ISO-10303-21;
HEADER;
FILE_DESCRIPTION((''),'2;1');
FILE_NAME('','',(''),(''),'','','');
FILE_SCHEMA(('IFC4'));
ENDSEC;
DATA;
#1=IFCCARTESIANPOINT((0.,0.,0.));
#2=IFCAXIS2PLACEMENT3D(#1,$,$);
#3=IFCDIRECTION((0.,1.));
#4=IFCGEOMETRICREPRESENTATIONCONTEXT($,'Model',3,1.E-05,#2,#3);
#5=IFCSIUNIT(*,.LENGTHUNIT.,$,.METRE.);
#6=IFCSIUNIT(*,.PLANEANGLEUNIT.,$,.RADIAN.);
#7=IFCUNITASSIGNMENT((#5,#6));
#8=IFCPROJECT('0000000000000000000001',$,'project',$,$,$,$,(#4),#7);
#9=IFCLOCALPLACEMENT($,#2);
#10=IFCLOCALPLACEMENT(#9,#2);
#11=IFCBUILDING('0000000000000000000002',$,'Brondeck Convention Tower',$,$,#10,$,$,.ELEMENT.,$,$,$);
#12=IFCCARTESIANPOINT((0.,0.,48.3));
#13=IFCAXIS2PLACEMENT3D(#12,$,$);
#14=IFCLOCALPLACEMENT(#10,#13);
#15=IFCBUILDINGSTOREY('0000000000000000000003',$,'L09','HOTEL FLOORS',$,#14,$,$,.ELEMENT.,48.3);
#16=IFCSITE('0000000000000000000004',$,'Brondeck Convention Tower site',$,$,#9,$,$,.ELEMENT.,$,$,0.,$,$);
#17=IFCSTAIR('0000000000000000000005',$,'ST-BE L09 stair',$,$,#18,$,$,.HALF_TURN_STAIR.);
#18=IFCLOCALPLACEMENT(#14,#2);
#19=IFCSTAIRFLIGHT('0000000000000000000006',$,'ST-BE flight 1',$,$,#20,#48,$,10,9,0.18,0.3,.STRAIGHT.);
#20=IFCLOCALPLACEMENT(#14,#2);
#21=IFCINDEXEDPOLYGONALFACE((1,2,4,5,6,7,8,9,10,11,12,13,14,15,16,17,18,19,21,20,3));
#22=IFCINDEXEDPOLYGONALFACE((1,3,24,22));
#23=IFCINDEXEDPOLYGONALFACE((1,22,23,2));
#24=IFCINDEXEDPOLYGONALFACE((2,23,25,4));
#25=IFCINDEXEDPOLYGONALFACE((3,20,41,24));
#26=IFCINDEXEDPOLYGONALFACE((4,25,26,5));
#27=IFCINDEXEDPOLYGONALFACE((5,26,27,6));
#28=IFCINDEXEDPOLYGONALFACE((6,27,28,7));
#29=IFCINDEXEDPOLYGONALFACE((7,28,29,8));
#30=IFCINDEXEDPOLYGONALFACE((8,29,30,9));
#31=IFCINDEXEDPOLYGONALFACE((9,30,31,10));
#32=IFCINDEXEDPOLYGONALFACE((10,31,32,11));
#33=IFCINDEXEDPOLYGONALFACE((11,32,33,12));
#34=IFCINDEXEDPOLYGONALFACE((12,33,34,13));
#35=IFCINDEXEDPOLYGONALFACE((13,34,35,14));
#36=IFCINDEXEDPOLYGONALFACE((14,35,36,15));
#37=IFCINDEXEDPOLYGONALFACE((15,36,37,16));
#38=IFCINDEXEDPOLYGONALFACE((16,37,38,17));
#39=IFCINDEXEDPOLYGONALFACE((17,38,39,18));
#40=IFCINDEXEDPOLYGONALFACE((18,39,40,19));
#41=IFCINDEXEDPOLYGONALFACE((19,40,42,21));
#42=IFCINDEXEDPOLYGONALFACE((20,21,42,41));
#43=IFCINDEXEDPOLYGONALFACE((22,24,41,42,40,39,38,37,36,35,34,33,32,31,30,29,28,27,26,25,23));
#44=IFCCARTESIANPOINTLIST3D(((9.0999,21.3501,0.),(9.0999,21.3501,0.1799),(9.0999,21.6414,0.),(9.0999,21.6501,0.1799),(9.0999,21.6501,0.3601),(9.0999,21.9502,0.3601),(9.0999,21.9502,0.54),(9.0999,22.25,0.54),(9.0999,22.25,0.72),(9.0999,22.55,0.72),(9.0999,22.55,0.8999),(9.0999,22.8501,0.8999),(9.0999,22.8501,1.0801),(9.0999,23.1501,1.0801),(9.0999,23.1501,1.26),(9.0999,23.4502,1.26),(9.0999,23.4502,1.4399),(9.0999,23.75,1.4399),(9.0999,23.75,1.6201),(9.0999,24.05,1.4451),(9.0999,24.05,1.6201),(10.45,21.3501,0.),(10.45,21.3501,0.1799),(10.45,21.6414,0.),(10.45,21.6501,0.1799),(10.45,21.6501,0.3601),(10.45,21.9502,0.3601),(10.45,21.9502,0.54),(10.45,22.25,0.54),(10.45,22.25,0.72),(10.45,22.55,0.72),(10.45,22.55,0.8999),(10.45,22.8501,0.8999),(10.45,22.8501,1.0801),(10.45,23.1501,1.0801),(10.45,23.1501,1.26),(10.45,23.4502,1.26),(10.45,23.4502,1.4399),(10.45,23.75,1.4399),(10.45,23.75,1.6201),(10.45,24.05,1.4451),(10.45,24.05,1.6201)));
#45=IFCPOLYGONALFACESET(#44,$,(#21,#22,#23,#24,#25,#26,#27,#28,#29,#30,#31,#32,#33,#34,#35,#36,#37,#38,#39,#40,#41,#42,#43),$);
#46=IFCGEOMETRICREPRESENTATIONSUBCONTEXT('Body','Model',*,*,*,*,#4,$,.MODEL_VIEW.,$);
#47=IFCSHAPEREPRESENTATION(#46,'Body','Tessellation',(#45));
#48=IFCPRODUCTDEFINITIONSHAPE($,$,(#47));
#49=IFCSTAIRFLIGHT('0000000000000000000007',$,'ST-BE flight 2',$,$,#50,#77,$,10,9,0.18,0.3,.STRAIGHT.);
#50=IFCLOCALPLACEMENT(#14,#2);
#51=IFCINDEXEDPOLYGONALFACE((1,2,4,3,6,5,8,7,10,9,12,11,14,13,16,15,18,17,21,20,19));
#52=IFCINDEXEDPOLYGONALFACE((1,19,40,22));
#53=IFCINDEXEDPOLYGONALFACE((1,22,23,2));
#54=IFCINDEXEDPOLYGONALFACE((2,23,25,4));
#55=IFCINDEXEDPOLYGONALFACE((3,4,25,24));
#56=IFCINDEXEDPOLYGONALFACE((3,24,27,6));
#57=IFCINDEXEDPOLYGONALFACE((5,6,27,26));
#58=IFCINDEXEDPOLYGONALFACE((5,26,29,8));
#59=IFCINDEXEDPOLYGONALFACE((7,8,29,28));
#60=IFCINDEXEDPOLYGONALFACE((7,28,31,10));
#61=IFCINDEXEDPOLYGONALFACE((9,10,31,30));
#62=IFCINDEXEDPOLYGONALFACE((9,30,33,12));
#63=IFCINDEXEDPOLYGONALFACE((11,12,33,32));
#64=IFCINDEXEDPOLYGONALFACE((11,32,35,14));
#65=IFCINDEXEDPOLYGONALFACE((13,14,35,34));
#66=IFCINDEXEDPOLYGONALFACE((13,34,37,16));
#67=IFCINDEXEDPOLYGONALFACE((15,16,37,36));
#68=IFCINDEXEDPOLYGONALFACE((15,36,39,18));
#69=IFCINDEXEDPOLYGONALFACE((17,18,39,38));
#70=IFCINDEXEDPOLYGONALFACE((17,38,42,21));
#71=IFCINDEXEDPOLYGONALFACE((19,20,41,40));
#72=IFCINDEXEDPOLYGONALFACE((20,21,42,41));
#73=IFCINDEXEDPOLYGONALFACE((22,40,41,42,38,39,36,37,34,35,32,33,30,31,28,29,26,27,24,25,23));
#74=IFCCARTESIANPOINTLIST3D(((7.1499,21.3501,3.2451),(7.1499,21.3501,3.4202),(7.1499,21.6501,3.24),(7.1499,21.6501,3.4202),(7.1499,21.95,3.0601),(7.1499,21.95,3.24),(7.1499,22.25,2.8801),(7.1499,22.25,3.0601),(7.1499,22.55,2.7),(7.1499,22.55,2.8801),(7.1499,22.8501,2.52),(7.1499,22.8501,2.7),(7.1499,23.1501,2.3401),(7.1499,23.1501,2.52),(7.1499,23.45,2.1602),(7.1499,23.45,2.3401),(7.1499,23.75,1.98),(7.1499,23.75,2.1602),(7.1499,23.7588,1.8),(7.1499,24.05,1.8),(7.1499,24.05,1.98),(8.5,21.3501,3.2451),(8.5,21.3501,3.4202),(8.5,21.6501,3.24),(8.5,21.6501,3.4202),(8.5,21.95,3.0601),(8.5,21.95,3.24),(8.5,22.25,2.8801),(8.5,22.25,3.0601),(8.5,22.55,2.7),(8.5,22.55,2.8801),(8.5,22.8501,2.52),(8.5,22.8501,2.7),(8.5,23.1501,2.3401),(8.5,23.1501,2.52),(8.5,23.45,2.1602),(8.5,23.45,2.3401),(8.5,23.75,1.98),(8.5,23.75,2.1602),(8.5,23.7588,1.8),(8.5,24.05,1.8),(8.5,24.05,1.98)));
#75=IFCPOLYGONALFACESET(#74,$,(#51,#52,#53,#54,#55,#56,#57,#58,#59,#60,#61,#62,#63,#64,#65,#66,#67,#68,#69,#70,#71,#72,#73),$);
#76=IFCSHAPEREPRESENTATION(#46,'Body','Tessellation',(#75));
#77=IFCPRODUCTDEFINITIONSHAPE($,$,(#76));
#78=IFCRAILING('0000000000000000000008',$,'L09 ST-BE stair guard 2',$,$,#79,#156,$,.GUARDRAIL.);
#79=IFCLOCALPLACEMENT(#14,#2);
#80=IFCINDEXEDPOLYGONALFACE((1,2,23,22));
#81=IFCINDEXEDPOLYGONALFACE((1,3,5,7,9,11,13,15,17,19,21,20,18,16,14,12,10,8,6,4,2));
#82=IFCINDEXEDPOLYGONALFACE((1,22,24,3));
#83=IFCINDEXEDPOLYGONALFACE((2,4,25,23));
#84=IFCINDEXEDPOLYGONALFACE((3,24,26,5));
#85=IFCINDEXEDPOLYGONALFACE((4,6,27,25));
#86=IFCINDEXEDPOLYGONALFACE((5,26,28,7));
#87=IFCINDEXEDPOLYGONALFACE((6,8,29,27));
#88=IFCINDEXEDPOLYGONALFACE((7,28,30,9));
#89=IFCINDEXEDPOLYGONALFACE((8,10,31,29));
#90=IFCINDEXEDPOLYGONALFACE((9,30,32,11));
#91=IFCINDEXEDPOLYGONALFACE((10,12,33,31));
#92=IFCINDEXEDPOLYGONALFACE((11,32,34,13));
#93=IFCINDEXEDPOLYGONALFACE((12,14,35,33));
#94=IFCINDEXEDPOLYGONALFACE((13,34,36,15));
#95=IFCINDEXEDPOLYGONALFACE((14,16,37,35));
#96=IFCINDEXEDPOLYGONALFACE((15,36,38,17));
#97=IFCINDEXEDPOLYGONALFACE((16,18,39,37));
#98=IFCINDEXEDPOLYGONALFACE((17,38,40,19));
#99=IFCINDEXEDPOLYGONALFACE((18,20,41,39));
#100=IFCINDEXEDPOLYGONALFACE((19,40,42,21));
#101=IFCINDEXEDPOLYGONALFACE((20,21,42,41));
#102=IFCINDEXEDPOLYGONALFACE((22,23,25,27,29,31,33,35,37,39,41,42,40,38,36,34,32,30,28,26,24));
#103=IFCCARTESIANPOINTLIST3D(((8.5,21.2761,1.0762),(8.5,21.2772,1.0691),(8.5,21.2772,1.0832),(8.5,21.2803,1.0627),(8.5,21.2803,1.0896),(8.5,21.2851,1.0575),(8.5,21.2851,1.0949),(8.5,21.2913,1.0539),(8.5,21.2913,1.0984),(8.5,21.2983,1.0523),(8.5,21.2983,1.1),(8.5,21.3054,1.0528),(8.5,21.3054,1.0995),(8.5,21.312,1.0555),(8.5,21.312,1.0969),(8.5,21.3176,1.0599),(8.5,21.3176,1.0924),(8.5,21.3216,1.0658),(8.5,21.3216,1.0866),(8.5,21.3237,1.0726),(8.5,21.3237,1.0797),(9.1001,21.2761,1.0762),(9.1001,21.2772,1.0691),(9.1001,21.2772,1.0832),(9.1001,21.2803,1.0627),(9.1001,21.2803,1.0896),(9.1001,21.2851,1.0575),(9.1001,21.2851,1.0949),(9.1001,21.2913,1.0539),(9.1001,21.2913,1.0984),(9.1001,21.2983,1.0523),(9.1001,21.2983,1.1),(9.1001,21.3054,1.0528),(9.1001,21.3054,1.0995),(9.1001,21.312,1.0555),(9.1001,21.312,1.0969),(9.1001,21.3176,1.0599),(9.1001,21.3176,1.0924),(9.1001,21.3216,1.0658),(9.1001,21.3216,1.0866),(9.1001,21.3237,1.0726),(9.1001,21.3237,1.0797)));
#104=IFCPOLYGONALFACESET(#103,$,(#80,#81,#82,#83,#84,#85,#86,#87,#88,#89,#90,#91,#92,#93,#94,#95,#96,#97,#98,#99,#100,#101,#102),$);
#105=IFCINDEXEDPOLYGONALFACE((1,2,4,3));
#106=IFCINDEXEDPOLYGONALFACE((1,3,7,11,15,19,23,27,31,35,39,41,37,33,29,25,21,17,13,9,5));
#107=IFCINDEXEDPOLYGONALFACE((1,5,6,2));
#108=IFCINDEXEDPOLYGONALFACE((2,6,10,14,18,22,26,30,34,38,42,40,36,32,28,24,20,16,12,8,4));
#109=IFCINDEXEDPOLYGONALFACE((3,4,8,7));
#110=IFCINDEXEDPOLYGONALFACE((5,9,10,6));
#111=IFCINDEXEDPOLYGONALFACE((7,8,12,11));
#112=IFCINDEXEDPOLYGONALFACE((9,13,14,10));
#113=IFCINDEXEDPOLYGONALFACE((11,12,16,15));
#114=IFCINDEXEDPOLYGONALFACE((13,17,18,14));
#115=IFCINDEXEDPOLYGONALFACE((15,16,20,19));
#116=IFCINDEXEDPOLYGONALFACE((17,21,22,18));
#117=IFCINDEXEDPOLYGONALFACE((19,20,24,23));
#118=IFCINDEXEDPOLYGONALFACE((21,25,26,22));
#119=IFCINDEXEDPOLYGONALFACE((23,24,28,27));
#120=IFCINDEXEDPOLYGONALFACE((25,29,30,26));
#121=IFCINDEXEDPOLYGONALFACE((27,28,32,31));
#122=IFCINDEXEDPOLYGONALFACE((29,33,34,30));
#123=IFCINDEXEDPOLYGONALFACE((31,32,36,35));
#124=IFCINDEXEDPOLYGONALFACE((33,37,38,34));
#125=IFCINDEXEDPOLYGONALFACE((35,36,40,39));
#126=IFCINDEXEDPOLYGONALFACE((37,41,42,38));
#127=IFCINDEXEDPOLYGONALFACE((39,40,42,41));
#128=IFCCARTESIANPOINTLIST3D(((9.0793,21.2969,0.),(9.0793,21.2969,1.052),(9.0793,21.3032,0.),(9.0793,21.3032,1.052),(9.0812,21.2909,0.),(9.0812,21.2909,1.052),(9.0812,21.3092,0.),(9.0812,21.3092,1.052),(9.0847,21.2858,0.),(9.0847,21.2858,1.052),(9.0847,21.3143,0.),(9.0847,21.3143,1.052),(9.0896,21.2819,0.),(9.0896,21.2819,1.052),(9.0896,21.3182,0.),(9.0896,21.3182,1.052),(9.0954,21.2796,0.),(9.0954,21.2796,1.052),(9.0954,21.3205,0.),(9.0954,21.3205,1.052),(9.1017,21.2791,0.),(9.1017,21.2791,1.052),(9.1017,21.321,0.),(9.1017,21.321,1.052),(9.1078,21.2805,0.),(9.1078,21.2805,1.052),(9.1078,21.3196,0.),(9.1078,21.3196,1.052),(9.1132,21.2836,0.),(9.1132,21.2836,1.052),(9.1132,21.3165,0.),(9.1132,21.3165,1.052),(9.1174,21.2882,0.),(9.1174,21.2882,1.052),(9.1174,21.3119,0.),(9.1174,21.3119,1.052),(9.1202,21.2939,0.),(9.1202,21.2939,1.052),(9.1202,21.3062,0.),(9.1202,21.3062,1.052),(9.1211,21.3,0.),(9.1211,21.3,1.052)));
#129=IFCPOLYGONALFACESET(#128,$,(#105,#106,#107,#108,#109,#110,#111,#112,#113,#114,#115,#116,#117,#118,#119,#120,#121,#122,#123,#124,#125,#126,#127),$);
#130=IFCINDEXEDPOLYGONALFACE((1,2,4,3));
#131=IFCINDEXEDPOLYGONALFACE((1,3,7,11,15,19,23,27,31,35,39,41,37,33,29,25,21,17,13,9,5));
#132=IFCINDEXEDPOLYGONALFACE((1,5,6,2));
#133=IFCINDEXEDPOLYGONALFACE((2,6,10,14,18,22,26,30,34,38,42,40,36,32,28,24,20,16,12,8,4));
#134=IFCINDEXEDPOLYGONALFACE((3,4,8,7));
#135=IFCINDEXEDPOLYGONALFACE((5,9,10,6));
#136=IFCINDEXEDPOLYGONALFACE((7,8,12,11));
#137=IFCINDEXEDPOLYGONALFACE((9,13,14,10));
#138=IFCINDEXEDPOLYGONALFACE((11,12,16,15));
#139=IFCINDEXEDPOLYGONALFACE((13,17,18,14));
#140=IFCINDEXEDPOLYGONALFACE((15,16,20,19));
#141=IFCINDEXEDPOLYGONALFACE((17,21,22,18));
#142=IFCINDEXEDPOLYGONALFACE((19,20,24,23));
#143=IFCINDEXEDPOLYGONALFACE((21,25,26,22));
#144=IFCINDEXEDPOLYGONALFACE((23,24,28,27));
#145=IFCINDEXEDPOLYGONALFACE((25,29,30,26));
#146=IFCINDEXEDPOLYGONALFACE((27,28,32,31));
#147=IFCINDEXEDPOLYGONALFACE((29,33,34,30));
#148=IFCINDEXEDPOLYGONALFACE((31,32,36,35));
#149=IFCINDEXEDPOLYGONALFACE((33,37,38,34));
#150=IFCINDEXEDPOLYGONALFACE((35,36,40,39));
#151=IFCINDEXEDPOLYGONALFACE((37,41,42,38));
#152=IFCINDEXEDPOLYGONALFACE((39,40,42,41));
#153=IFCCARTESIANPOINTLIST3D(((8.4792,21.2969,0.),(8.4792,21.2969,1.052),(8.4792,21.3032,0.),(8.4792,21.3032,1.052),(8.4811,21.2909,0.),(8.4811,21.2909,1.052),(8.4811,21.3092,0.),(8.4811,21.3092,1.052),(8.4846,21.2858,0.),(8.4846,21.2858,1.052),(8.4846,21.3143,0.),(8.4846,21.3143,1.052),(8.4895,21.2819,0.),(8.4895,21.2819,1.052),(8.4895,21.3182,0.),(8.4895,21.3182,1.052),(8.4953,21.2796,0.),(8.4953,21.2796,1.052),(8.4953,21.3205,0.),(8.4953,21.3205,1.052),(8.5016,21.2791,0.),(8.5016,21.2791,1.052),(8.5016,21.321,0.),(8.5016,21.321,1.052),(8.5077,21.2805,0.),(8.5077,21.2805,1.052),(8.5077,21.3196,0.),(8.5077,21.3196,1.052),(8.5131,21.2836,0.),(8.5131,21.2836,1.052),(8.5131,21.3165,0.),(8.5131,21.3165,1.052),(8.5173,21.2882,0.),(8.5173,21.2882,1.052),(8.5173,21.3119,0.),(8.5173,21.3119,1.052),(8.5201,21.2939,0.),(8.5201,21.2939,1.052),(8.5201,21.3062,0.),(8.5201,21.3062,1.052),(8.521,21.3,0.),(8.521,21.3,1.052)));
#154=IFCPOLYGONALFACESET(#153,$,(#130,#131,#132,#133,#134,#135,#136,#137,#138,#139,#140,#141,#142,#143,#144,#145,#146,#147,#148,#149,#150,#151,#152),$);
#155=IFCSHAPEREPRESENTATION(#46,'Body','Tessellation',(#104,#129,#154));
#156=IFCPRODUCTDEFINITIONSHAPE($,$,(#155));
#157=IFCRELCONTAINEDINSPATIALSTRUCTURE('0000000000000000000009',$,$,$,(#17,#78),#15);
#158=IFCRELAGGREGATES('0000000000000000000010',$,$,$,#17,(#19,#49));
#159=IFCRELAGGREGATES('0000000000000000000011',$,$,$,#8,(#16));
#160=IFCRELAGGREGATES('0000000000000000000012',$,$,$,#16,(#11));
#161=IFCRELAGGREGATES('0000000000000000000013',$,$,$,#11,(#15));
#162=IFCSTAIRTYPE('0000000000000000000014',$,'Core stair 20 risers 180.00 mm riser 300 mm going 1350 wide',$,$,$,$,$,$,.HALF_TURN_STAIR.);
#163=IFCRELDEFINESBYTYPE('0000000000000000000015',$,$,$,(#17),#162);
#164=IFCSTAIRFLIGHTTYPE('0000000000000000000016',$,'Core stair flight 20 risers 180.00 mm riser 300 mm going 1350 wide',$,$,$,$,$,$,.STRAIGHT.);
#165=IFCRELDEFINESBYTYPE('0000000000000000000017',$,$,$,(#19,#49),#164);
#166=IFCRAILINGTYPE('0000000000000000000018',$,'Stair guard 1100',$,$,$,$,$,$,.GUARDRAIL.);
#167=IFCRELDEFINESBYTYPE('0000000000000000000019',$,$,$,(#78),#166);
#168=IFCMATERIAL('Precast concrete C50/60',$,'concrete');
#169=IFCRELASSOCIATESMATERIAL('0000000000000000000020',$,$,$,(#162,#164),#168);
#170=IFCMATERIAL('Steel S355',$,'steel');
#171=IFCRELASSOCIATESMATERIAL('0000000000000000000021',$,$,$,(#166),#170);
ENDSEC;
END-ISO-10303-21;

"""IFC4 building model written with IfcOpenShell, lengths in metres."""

from ifc_helpers import new_model, si_unit, direction, frame, origin, origin_2d, place, context, subcontext, project, spatial, polyline, circle, outline, extrude, material, type_object, element, aggregate, save


model = new_model("IFC4")

# Units and contexts
model_context = context("Model", 3, precision=1e-05, world=origin(), true_north=direction((0.0, 1.0)))
body_context = subcontext(model_context, "Body", "Model", "MODEL_VIEW")
ifc_project = project(units=[si_unit("LENGTHUNIT", "METRE"), si_unit("PLANEANGLEUNIT", "RADIAN")], contexts=[model_context])

# Site, building, storey
site_placement = place(None, origin())
site = spatial("IfcSite", under=ifc_project, at=site_placement, Name="Brondeck Convention Tower site", CompositionType="ELEMENT", RefElevation=0.0)
building_placement = place(site_placement, origin())
building = spatial("IfcBuilding", under=site, at=building_placement, Name="Brondeck Convention Tower", CompositionType="ELEMENT")
storey_placement = place(building_placement, frame((0.0, 0.0, 48.3)))
storey = spatial("IfcBuildingStorey", under=building, at=storey_placement, Name="L09", Description="HOTEL FLOORS", CompositionType="ELEMENT", Elevation=48.3)

# Shared definitions
ifc_material_1 = material(Name="Steel S355", Category="steel")

# Stair, stair flights
ifc_material_2 = material(Name="Precast concrete C50/60", Category="concrete")
stair_type = type_object("IfcStairType", Name="Core stair 20 risers 180.00 mm riser 300 mm going 1350 wide", PredefinedType="HALF_TURN_STAIR", material=ifc_material_2)
stair_placement = place(storey_placement, origin())
stair = element("IfcStair", 1, at=stair_placement, inside=storey, type_object=stair_type, Name="ST-BE L09 stair", PredefinedType="HALF_TURN_STAIR")
stair_flight_type = type_object("IfcStairFlightType", Name="Core stair flight 20 risers 180.00 mm riser 300 mm going 1350 wide", PredefinedType="STRAIGHT", material=ifc_material_2)
stair_flight_1_placement = place(storey_placement, frame((9.7749, 21.3501, 0.0), z_axis=(0.0, 0.0, 1.0), x_axis=(0.0, 1.0, 0.0)))
stair_flight_1 = element("IfcStairFlight", 2, at=stair_flight_1_placement, type_object=stair_flight_type, Name="ST-BE flight 1", NumberOfRisers=10, NumberOfTreads=9, PredefinedType="STRAIGHT", RiserHeight=0.18, TreadLength=0.3, context=body_context, shape_type="SweptSolid", body=[
    extrude(outline(polyline([(0.0, 0.0), (0.0, 0.1799), (0.3, 0.1799), (0.3, 0.3601), (0.6001, 0.3601), (0.6001, 0.54), (0.8999, 0.54), (0.8999, 0.72), (1.2, 0.72), (1.2, 0.8999), (1.5, 0.8999), (1.5, 1.0801), (1.8, 1.0801), (1.8, 1.26), (2.1001, 1.26), (2.1001, 1.4399), (2.3999, 1.4399), (2.3999, 1.6201), (2.7, 1.6201), (2.7, 1.8), (2.7, 1.4451), (0.2913, 0.0), (0.0, 0.0)])), frame((0.0, 0.675, 0.0), z_axis=(0.0, -1.0, 0.0), x_axis=(1.0, 0.0, 0.0)), (0.0, 0.0, 1.0), 1.3501),
])
stair_flight_2_placement = place(storey_placement, frame((7.825, 24.05, 1.8), z_axis=(0.0, 0.0, 1.0), x_axis=(0.0, -1.0, 0.0)))
stair_flight_2 = element("IfcStairFlight", 3, at=stair_flight_2_placement, type_object=stair_flight_type, Name="ST-BE flight 2", NumberOfRisers=10, NumberOfTreads=9, PredefinedType="STRAIGHT", RiserHeight=0.18, TreadLength=0.3, context=body_context, shape_type="SweptSolid", body=[
    extrude(outline(polyline([(0.0, 0.0), (0.0, 0.1799), (0.3, 0.1799), (0.3, 0.3601), (0.6001, 0.3601), (0.6001, 0.54), (0.8999, 0.54), (0.8999, 0.72), (1.2, 0.72), (1.2, 0.8999), (1.5, 0.8999), (1.5, 1.0801), (1.8, 1.0801), (1.8, 1.26), (2.1001, 1.26), (2.1001, 1.4399), (2.3999, 1.4399), (2.3999, 1.6201), (2.7, 1.6201), (2.7, 1.8), (2.7, 1.4451), (0.2913, 0.0), (0.0, 0.0)])), frame((0.0, 0.675, 0.0), z_axis=(0.0, -1.0, 0.0), x_axis=(1.0, 0.0, 0.0)), (0.0, 0.0, 1.0), 1.3501),
])
aggregate(stair, [stair_flight_1, stair_flight_2])

# Railing
railing_type_1 = type_object("IfcRailingType", Name="Stair guard 1100", PredefinedType="GUARDRAIL", material=ifc_material_1)
railing_1_placement = place(storey_placement, frame((9.1001, 21.3, 0.0)))
element("IfcRailing", 4, at=railing_1_placement, inside=storey, type_object=railing_type_1, Name="L09 ST-BE stair guard 2", PredefinedType="GUARDRAIL", context=body_context, shape_type="SweptSolid", body=[
    extrude(circle(Radius=0.0239, at=origin_2d()), frame((0.0, 0.0, 1.0762), z_axis=(-1.0, 0.0, 0.0), x_axis=(0.0, -1.0, 0.0)), (0.0, 0.0, 1.0), 0.6001),
    extrude(circle(Radius=0.021, at=origin_2d()), origin(), (0.0, 0.0, 1.0), 1.052),
    extrude(circle(Radius=0.021, at=origin_2d()), frame((-0.6001, 0.0, 0.0)), (0.0, 0.0, 1.0), 1.052),
])

save(model, "model.ifc")
